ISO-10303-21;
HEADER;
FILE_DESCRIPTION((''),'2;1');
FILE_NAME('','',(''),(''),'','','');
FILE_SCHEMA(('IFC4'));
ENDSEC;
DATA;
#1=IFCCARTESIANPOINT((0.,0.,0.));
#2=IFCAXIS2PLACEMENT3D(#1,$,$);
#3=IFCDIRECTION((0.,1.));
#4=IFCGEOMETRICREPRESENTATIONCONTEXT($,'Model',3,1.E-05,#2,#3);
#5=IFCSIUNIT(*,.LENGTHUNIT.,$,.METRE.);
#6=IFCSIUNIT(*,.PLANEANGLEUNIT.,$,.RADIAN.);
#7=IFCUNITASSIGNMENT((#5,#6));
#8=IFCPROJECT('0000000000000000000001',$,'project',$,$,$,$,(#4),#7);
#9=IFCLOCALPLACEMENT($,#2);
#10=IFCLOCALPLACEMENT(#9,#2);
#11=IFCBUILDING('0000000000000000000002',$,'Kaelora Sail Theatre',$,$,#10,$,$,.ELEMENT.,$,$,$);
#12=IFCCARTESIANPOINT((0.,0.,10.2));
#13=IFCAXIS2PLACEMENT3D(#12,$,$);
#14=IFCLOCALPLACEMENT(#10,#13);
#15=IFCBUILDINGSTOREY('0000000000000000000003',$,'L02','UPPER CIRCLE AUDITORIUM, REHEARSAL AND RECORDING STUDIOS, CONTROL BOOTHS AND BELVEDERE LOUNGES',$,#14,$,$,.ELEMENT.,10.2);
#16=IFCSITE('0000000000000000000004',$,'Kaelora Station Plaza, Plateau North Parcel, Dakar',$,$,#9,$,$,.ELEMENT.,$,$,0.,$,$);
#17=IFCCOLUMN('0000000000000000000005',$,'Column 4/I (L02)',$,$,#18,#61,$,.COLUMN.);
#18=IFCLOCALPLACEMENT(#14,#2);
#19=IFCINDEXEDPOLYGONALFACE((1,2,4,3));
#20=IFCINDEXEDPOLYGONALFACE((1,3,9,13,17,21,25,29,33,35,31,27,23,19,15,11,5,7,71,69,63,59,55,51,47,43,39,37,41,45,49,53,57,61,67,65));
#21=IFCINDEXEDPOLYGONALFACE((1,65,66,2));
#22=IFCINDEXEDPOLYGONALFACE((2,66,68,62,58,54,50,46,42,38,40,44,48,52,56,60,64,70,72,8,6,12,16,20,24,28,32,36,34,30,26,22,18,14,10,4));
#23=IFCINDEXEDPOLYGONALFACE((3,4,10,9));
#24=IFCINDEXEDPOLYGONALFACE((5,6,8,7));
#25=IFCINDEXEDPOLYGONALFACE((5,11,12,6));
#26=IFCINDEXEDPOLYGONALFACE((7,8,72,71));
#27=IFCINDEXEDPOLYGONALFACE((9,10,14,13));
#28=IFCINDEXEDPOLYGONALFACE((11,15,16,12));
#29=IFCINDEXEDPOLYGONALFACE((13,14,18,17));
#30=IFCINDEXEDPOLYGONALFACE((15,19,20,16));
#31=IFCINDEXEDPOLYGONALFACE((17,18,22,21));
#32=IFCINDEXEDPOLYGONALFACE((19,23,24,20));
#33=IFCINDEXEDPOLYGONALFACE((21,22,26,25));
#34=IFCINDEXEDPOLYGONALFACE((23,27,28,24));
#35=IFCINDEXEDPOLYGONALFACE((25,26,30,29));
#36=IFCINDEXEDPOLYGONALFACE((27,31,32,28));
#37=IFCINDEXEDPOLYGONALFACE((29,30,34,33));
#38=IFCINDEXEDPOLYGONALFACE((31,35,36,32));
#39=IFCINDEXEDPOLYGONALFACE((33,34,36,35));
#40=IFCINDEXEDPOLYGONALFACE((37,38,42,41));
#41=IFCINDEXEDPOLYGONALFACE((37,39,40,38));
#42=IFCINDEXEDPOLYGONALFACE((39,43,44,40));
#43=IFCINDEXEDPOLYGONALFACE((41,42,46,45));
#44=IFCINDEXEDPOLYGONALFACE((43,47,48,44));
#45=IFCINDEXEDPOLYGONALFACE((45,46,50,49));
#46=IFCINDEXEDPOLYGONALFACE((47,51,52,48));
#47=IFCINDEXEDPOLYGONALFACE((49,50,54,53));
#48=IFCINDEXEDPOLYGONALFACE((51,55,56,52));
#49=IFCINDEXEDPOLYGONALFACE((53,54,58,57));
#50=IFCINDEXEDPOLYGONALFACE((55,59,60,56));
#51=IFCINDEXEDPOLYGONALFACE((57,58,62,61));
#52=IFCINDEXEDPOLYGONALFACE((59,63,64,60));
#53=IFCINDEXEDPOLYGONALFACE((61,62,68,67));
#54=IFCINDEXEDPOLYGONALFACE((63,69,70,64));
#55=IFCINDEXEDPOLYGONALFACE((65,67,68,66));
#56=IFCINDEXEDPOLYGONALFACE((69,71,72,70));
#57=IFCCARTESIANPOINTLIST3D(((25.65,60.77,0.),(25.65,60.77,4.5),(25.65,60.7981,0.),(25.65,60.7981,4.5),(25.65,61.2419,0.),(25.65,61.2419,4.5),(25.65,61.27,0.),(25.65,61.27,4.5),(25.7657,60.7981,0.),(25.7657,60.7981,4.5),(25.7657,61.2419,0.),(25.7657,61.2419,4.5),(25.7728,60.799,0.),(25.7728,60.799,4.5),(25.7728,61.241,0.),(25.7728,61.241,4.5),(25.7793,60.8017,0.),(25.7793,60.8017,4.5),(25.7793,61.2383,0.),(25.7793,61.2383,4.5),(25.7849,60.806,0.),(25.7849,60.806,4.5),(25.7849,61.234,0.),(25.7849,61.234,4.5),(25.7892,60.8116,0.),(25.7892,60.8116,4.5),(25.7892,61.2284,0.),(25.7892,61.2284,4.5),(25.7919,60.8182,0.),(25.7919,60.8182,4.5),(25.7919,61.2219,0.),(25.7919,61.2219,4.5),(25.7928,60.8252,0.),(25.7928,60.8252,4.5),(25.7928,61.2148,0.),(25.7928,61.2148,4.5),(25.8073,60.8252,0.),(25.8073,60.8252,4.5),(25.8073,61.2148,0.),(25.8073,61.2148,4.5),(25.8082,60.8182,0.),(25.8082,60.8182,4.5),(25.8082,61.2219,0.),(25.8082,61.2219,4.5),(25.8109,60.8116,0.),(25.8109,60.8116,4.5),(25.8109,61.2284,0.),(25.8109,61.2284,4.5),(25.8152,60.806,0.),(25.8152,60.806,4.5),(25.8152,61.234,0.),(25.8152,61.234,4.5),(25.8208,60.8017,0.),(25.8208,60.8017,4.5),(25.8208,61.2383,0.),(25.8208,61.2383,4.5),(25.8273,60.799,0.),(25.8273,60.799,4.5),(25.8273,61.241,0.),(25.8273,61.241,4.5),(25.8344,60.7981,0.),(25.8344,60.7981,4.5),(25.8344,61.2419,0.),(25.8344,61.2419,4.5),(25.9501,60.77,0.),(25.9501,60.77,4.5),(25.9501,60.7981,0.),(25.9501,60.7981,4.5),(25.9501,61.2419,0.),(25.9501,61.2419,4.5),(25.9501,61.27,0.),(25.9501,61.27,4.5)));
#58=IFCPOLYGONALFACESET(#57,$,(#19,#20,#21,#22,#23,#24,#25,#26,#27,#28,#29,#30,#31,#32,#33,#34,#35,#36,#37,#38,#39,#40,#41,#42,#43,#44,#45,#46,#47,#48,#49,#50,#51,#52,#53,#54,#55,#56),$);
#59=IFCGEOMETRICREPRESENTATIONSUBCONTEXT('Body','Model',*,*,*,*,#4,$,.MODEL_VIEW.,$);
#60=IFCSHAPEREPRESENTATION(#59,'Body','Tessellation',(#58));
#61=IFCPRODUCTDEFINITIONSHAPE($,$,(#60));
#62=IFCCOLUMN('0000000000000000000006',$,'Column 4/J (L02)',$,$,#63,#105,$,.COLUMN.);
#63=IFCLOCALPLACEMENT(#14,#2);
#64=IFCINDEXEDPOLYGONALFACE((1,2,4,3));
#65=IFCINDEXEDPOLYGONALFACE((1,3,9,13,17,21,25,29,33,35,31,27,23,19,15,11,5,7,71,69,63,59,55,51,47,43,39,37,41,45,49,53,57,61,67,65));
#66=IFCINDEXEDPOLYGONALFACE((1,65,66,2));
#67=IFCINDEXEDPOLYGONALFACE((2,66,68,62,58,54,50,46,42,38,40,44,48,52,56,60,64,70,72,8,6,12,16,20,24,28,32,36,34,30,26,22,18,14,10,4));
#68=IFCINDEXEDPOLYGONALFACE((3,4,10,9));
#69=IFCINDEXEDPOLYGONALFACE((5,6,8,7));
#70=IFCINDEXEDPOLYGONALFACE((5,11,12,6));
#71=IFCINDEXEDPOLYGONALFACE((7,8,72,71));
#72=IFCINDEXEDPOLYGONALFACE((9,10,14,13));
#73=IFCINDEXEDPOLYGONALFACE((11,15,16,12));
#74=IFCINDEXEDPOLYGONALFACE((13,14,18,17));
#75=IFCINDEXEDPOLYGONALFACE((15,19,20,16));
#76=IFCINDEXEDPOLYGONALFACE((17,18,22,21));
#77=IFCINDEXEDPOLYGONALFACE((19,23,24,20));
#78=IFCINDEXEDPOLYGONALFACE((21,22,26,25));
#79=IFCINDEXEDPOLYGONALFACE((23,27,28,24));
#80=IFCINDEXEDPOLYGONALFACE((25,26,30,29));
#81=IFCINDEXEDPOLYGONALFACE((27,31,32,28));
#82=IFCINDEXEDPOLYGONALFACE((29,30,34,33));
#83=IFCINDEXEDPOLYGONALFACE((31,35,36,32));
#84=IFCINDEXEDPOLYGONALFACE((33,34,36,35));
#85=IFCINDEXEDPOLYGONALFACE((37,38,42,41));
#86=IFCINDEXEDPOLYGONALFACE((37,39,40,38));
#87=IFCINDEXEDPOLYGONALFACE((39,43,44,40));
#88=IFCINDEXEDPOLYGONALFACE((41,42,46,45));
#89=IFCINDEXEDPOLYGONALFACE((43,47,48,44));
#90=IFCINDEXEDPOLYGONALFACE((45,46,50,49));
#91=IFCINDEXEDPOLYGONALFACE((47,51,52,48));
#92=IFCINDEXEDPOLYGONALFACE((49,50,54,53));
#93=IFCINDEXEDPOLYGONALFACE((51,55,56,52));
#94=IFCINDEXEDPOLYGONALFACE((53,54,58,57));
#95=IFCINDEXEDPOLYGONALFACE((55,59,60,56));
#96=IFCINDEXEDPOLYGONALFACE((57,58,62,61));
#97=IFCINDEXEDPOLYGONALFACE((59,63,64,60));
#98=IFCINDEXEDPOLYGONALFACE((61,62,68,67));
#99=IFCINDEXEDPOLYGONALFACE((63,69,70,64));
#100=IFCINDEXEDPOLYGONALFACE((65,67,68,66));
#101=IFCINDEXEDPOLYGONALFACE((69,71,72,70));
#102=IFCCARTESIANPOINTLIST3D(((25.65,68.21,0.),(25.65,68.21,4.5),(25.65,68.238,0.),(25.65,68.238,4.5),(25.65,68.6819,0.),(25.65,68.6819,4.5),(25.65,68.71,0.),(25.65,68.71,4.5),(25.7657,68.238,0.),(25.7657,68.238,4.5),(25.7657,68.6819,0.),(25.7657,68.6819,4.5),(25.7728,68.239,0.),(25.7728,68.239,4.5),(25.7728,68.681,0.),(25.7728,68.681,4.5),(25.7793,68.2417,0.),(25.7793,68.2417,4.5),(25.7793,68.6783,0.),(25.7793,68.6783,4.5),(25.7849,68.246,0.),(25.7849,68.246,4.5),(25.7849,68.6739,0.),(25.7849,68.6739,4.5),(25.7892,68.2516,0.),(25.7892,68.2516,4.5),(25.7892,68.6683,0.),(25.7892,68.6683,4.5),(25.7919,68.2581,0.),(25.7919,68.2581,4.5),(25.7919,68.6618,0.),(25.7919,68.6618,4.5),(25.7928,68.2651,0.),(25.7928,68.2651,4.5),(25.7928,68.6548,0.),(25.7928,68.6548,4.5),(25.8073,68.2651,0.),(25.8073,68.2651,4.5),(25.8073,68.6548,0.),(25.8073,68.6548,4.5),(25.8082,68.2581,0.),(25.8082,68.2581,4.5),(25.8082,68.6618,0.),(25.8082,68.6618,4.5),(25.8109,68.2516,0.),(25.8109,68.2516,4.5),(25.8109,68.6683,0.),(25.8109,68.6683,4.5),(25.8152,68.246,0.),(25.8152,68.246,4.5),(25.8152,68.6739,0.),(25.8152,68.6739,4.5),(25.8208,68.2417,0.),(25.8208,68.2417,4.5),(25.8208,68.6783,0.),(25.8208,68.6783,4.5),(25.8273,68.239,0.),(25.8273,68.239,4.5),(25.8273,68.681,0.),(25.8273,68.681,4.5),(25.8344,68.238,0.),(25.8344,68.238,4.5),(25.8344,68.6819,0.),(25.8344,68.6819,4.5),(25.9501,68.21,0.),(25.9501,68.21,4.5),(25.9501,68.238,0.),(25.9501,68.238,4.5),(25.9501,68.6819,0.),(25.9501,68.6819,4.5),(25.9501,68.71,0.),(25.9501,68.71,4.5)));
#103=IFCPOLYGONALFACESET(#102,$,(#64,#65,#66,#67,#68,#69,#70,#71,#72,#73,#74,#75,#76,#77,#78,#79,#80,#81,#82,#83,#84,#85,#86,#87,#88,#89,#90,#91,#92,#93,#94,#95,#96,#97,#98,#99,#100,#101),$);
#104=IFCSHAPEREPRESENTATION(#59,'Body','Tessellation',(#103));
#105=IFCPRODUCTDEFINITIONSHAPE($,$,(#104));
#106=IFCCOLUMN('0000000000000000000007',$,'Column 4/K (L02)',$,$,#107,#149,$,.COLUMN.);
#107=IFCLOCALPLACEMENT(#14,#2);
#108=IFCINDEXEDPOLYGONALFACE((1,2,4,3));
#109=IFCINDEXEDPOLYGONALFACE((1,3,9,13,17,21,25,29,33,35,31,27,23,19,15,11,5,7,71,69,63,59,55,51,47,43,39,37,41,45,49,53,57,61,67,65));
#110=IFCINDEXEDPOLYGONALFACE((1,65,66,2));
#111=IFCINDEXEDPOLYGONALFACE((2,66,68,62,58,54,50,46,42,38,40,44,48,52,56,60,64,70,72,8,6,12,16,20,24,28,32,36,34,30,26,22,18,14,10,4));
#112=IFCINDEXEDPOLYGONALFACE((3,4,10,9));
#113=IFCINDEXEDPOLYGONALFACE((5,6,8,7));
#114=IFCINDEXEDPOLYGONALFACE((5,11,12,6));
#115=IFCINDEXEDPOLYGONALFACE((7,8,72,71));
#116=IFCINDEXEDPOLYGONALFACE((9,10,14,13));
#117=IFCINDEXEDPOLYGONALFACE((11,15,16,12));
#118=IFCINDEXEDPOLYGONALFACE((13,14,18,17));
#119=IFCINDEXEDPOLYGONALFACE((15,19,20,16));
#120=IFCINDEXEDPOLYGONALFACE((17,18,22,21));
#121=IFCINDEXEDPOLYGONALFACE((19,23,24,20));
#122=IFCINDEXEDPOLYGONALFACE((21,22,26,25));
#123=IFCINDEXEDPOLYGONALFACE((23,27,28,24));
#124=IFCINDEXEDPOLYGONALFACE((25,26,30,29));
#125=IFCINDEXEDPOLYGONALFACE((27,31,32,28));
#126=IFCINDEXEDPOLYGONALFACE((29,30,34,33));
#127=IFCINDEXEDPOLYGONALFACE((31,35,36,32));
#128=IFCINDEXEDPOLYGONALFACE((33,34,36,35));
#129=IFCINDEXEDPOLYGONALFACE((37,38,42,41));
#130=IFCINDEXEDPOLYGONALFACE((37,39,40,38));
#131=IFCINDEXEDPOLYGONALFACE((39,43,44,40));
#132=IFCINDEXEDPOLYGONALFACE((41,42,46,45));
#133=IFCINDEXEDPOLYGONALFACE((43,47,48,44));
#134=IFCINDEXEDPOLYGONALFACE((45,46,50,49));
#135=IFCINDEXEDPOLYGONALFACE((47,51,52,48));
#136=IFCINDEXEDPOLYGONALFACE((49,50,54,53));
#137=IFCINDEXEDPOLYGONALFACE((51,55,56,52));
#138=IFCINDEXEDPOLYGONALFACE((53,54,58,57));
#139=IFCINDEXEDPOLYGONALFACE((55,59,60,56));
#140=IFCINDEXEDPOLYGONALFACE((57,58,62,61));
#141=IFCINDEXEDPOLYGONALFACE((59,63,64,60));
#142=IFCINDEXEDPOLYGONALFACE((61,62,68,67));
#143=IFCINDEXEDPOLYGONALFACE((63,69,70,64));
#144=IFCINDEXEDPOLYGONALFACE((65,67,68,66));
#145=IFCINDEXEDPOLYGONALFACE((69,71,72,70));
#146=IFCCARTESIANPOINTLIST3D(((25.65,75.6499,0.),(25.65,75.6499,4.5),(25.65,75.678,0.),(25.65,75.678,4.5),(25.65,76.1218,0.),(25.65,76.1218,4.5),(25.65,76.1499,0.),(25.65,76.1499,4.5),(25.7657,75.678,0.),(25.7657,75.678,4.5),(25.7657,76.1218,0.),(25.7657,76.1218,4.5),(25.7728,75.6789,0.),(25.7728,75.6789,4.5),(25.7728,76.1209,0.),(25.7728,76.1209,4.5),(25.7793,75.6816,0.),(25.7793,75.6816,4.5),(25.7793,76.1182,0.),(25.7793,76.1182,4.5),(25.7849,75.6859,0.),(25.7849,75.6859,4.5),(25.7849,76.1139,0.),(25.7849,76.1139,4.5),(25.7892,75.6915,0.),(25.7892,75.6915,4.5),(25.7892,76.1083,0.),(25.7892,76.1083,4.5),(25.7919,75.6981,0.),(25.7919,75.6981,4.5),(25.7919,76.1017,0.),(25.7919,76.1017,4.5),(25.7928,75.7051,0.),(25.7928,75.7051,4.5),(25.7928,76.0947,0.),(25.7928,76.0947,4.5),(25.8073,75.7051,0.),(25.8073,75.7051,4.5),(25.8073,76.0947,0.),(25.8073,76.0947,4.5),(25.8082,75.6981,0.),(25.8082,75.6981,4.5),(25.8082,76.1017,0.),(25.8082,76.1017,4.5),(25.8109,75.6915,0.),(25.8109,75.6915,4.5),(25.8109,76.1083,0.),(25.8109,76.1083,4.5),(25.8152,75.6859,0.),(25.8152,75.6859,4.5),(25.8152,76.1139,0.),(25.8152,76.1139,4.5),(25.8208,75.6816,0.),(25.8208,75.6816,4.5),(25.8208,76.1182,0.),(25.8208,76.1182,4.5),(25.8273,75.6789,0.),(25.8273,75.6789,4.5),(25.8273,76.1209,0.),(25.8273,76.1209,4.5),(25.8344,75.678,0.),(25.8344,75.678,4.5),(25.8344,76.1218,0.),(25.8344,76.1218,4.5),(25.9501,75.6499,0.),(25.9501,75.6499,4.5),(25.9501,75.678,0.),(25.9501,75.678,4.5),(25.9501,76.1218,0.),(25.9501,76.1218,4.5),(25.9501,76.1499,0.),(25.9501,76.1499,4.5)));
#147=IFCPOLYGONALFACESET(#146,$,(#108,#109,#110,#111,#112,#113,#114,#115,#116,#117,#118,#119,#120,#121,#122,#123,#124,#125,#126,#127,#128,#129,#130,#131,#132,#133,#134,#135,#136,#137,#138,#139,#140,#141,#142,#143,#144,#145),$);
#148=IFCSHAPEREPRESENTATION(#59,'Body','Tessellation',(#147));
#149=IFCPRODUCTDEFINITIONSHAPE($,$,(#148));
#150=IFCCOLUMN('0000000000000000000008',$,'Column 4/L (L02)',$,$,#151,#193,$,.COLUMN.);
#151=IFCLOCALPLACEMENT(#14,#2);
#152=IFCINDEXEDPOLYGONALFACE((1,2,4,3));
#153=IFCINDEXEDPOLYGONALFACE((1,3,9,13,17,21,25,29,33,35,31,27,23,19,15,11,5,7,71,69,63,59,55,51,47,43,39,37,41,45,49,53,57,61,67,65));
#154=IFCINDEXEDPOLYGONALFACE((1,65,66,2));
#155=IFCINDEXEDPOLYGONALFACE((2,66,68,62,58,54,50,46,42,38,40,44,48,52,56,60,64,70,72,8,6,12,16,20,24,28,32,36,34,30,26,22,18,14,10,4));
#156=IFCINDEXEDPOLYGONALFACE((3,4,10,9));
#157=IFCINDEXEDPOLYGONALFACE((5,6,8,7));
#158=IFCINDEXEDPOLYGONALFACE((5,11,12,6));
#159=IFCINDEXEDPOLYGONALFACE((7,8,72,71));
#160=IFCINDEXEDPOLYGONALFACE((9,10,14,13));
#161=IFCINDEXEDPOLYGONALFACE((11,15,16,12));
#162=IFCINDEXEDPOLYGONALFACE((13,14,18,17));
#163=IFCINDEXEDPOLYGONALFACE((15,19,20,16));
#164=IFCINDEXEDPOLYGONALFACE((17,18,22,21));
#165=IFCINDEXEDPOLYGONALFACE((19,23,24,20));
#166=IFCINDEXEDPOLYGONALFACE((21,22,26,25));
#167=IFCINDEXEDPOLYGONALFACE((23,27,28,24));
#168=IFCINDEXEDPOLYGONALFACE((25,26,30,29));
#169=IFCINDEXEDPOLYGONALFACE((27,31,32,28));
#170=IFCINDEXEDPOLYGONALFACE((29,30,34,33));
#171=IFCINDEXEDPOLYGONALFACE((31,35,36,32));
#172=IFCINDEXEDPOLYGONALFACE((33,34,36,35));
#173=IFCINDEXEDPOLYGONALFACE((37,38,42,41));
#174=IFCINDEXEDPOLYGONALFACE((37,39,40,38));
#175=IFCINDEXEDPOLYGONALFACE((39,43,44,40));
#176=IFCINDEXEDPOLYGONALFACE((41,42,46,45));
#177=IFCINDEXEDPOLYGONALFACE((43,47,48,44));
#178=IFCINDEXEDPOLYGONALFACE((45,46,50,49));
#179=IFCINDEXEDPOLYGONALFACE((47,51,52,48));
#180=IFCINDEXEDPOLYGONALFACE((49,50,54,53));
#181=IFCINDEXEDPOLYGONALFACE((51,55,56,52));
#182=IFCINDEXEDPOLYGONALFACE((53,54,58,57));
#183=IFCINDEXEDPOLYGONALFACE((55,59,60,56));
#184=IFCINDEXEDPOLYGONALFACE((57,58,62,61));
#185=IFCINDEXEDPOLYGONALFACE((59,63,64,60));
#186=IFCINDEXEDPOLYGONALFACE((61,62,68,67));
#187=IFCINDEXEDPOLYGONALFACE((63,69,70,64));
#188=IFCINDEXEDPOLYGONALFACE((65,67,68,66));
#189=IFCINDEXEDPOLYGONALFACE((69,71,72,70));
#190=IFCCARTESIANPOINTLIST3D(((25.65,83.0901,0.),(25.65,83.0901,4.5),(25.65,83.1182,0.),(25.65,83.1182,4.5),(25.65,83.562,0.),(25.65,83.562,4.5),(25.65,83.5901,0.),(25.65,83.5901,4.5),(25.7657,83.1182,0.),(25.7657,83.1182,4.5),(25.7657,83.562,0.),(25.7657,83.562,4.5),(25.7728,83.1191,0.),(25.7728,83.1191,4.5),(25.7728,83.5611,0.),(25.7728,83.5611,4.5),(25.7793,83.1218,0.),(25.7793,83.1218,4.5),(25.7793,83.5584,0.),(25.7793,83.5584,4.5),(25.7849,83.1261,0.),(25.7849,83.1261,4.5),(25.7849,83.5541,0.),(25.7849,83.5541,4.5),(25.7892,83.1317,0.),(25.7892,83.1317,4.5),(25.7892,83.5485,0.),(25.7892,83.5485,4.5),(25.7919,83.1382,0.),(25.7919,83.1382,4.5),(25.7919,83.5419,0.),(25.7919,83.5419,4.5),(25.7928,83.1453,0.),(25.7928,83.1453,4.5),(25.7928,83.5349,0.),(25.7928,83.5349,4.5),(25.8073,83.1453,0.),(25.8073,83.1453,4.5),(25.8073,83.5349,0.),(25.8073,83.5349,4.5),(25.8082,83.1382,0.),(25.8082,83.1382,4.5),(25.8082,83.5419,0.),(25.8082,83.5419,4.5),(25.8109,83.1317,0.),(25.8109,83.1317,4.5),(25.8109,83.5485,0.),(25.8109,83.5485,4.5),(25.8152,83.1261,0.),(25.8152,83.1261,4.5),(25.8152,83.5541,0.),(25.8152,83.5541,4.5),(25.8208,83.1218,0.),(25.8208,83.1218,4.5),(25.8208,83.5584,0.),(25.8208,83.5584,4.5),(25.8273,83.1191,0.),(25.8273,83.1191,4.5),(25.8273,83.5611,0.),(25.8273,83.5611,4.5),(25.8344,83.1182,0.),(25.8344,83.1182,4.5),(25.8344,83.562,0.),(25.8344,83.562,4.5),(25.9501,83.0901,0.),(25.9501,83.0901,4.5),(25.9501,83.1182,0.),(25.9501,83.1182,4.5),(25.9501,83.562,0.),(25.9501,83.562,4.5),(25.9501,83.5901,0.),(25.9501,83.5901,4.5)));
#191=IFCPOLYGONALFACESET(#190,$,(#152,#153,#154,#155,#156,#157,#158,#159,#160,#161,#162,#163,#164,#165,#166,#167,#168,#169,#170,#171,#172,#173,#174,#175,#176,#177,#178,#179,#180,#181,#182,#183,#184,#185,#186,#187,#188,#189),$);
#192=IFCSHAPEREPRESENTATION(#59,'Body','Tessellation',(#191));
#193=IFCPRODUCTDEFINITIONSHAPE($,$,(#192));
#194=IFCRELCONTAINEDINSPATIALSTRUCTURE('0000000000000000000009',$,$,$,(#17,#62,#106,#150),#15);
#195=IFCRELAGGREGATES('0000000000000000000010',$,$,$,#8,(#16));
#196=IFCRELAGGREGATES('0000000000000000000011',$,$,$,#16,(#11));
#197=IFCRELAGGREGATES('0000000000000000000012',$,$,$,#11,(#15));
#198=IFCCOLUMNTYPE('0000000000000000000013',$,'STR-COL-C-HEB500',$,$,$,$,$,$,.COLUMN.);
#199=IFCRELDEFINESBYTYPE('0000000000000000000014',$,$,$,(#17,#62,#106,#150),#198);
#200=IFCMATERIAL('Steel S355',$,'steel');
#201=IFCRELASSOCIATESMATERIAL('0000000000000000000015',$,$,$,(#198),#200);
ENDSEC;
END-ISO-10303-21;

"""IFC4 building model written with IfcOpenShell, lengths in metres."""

from ifc_helpers import new_model, si_unit, direction, frame, origin, origin_2d, place, context, subcontext, project, spatial, i_section, extrude, material, material_profile, profile_set, type_object, element, save


model = new_model("IFC4")

# Units and contexts
model_context = context("Model", 3, precision=1e-05, world=origin(), true_north=direction((0.0, 1.0)))
body_context = subcontext(model_context, "Body", "Model", "MODEL_VIEW")
ifc_project = project(units=[si_unit("LENGTHUNIT", "METRE"), si_unit("PLANEANGLEUNIT", "RADIAN")], contexts=[model_context])

# Site, building, storey
site_placement = place(None, origin())
site = spatial("IfcSite", under=ifc_project, at=site_placement, Name="Kaelora Station Plaza, Plateau North Parcel, Dakar", CompositionType="ELEMENT", RefElevation=0.0)
building_placement = place(site_placement, origin())
building = spatial("IfcBuilding", under=site, at=building_placement, Name="Kaelora Sail Theatre", CompositionType="ELEMENT")
storey_placement = place(building_placement, frame((0.0, 0.0, 10.2)))
storey = spatial("IfcBuildingStorey", under=building, at=storey_placement, Name="L02", Description="UPPER CIRCLE AUDITORIUM, REHEARSAL AND RECORDING STUDIOS, CONTROL BOOTHS AND BELVEDERE LOUNGES", CompositionType="ELEMENT", Elevation=10.2)

# Columns
ifc_material_1 = material(Name="Steel S355", Category="steel")
ifc_material_profile_1 = material_profile(ifc_material_1, i_section(OverallWidth=0.3, OverallDepth=0.5, WebThickness=0.0144, FlangeThickness=0.0281, FilletRadius=0.0271, at=origin_2d()), Name="HEB 500")
ifc_profile_set_1 = profile_set([ifc_material_profile_1], Name="Steel S355")
column_type = type_object("IfcColumnType", Name="STR-COL-C-HEB500", PredefinedType="COLUMN", material=ifc_profile_set_1)
for number, where, z_axis, x_axis, name in (
    (1, (25.8, 61.02, 0.0), (0.0, 0.0, 1.0), (1.0, 0.0, 0.0), "Column 4/I (L02)"),
    (2, (25.8, 68.46, 0.0), (0.0, 0.0, 1.0), (1.0, 0.0, 0.0), "Column 4/J (L02)"),
    (3, (25.8, 75.8999, 0.0), (0.0, 0.0, 1.0), (1.0, 0.0, 0.0), "Column 4/K (L02)"),
    (4, (25.8, 83.3401, 0.0), (0.0, 0.0, 1.0), (1.0, 0.0, 0.0), "Column 4/L (L02)"),
):
    element("IfcColumn", number, at=place(storey_placement, frame(where, z_axis=z_axis, x_axis=x_axis)), inside=storey, type_object=column_type, Name=name, PredefinedType="COLUMN", context=body_context, shape_type="SweptSolid", body=[
        extrude(i_section(OverallWidth=0.3, OverallDepth=0.5, WebThickness=0.0144, FlangeThickness=0.0281, FilletRadius=0.0271, at=origin_2d()), origin(), (0.0, 0.0, 1.0), 4.5),
    ])

save(model, "model.ifc")
